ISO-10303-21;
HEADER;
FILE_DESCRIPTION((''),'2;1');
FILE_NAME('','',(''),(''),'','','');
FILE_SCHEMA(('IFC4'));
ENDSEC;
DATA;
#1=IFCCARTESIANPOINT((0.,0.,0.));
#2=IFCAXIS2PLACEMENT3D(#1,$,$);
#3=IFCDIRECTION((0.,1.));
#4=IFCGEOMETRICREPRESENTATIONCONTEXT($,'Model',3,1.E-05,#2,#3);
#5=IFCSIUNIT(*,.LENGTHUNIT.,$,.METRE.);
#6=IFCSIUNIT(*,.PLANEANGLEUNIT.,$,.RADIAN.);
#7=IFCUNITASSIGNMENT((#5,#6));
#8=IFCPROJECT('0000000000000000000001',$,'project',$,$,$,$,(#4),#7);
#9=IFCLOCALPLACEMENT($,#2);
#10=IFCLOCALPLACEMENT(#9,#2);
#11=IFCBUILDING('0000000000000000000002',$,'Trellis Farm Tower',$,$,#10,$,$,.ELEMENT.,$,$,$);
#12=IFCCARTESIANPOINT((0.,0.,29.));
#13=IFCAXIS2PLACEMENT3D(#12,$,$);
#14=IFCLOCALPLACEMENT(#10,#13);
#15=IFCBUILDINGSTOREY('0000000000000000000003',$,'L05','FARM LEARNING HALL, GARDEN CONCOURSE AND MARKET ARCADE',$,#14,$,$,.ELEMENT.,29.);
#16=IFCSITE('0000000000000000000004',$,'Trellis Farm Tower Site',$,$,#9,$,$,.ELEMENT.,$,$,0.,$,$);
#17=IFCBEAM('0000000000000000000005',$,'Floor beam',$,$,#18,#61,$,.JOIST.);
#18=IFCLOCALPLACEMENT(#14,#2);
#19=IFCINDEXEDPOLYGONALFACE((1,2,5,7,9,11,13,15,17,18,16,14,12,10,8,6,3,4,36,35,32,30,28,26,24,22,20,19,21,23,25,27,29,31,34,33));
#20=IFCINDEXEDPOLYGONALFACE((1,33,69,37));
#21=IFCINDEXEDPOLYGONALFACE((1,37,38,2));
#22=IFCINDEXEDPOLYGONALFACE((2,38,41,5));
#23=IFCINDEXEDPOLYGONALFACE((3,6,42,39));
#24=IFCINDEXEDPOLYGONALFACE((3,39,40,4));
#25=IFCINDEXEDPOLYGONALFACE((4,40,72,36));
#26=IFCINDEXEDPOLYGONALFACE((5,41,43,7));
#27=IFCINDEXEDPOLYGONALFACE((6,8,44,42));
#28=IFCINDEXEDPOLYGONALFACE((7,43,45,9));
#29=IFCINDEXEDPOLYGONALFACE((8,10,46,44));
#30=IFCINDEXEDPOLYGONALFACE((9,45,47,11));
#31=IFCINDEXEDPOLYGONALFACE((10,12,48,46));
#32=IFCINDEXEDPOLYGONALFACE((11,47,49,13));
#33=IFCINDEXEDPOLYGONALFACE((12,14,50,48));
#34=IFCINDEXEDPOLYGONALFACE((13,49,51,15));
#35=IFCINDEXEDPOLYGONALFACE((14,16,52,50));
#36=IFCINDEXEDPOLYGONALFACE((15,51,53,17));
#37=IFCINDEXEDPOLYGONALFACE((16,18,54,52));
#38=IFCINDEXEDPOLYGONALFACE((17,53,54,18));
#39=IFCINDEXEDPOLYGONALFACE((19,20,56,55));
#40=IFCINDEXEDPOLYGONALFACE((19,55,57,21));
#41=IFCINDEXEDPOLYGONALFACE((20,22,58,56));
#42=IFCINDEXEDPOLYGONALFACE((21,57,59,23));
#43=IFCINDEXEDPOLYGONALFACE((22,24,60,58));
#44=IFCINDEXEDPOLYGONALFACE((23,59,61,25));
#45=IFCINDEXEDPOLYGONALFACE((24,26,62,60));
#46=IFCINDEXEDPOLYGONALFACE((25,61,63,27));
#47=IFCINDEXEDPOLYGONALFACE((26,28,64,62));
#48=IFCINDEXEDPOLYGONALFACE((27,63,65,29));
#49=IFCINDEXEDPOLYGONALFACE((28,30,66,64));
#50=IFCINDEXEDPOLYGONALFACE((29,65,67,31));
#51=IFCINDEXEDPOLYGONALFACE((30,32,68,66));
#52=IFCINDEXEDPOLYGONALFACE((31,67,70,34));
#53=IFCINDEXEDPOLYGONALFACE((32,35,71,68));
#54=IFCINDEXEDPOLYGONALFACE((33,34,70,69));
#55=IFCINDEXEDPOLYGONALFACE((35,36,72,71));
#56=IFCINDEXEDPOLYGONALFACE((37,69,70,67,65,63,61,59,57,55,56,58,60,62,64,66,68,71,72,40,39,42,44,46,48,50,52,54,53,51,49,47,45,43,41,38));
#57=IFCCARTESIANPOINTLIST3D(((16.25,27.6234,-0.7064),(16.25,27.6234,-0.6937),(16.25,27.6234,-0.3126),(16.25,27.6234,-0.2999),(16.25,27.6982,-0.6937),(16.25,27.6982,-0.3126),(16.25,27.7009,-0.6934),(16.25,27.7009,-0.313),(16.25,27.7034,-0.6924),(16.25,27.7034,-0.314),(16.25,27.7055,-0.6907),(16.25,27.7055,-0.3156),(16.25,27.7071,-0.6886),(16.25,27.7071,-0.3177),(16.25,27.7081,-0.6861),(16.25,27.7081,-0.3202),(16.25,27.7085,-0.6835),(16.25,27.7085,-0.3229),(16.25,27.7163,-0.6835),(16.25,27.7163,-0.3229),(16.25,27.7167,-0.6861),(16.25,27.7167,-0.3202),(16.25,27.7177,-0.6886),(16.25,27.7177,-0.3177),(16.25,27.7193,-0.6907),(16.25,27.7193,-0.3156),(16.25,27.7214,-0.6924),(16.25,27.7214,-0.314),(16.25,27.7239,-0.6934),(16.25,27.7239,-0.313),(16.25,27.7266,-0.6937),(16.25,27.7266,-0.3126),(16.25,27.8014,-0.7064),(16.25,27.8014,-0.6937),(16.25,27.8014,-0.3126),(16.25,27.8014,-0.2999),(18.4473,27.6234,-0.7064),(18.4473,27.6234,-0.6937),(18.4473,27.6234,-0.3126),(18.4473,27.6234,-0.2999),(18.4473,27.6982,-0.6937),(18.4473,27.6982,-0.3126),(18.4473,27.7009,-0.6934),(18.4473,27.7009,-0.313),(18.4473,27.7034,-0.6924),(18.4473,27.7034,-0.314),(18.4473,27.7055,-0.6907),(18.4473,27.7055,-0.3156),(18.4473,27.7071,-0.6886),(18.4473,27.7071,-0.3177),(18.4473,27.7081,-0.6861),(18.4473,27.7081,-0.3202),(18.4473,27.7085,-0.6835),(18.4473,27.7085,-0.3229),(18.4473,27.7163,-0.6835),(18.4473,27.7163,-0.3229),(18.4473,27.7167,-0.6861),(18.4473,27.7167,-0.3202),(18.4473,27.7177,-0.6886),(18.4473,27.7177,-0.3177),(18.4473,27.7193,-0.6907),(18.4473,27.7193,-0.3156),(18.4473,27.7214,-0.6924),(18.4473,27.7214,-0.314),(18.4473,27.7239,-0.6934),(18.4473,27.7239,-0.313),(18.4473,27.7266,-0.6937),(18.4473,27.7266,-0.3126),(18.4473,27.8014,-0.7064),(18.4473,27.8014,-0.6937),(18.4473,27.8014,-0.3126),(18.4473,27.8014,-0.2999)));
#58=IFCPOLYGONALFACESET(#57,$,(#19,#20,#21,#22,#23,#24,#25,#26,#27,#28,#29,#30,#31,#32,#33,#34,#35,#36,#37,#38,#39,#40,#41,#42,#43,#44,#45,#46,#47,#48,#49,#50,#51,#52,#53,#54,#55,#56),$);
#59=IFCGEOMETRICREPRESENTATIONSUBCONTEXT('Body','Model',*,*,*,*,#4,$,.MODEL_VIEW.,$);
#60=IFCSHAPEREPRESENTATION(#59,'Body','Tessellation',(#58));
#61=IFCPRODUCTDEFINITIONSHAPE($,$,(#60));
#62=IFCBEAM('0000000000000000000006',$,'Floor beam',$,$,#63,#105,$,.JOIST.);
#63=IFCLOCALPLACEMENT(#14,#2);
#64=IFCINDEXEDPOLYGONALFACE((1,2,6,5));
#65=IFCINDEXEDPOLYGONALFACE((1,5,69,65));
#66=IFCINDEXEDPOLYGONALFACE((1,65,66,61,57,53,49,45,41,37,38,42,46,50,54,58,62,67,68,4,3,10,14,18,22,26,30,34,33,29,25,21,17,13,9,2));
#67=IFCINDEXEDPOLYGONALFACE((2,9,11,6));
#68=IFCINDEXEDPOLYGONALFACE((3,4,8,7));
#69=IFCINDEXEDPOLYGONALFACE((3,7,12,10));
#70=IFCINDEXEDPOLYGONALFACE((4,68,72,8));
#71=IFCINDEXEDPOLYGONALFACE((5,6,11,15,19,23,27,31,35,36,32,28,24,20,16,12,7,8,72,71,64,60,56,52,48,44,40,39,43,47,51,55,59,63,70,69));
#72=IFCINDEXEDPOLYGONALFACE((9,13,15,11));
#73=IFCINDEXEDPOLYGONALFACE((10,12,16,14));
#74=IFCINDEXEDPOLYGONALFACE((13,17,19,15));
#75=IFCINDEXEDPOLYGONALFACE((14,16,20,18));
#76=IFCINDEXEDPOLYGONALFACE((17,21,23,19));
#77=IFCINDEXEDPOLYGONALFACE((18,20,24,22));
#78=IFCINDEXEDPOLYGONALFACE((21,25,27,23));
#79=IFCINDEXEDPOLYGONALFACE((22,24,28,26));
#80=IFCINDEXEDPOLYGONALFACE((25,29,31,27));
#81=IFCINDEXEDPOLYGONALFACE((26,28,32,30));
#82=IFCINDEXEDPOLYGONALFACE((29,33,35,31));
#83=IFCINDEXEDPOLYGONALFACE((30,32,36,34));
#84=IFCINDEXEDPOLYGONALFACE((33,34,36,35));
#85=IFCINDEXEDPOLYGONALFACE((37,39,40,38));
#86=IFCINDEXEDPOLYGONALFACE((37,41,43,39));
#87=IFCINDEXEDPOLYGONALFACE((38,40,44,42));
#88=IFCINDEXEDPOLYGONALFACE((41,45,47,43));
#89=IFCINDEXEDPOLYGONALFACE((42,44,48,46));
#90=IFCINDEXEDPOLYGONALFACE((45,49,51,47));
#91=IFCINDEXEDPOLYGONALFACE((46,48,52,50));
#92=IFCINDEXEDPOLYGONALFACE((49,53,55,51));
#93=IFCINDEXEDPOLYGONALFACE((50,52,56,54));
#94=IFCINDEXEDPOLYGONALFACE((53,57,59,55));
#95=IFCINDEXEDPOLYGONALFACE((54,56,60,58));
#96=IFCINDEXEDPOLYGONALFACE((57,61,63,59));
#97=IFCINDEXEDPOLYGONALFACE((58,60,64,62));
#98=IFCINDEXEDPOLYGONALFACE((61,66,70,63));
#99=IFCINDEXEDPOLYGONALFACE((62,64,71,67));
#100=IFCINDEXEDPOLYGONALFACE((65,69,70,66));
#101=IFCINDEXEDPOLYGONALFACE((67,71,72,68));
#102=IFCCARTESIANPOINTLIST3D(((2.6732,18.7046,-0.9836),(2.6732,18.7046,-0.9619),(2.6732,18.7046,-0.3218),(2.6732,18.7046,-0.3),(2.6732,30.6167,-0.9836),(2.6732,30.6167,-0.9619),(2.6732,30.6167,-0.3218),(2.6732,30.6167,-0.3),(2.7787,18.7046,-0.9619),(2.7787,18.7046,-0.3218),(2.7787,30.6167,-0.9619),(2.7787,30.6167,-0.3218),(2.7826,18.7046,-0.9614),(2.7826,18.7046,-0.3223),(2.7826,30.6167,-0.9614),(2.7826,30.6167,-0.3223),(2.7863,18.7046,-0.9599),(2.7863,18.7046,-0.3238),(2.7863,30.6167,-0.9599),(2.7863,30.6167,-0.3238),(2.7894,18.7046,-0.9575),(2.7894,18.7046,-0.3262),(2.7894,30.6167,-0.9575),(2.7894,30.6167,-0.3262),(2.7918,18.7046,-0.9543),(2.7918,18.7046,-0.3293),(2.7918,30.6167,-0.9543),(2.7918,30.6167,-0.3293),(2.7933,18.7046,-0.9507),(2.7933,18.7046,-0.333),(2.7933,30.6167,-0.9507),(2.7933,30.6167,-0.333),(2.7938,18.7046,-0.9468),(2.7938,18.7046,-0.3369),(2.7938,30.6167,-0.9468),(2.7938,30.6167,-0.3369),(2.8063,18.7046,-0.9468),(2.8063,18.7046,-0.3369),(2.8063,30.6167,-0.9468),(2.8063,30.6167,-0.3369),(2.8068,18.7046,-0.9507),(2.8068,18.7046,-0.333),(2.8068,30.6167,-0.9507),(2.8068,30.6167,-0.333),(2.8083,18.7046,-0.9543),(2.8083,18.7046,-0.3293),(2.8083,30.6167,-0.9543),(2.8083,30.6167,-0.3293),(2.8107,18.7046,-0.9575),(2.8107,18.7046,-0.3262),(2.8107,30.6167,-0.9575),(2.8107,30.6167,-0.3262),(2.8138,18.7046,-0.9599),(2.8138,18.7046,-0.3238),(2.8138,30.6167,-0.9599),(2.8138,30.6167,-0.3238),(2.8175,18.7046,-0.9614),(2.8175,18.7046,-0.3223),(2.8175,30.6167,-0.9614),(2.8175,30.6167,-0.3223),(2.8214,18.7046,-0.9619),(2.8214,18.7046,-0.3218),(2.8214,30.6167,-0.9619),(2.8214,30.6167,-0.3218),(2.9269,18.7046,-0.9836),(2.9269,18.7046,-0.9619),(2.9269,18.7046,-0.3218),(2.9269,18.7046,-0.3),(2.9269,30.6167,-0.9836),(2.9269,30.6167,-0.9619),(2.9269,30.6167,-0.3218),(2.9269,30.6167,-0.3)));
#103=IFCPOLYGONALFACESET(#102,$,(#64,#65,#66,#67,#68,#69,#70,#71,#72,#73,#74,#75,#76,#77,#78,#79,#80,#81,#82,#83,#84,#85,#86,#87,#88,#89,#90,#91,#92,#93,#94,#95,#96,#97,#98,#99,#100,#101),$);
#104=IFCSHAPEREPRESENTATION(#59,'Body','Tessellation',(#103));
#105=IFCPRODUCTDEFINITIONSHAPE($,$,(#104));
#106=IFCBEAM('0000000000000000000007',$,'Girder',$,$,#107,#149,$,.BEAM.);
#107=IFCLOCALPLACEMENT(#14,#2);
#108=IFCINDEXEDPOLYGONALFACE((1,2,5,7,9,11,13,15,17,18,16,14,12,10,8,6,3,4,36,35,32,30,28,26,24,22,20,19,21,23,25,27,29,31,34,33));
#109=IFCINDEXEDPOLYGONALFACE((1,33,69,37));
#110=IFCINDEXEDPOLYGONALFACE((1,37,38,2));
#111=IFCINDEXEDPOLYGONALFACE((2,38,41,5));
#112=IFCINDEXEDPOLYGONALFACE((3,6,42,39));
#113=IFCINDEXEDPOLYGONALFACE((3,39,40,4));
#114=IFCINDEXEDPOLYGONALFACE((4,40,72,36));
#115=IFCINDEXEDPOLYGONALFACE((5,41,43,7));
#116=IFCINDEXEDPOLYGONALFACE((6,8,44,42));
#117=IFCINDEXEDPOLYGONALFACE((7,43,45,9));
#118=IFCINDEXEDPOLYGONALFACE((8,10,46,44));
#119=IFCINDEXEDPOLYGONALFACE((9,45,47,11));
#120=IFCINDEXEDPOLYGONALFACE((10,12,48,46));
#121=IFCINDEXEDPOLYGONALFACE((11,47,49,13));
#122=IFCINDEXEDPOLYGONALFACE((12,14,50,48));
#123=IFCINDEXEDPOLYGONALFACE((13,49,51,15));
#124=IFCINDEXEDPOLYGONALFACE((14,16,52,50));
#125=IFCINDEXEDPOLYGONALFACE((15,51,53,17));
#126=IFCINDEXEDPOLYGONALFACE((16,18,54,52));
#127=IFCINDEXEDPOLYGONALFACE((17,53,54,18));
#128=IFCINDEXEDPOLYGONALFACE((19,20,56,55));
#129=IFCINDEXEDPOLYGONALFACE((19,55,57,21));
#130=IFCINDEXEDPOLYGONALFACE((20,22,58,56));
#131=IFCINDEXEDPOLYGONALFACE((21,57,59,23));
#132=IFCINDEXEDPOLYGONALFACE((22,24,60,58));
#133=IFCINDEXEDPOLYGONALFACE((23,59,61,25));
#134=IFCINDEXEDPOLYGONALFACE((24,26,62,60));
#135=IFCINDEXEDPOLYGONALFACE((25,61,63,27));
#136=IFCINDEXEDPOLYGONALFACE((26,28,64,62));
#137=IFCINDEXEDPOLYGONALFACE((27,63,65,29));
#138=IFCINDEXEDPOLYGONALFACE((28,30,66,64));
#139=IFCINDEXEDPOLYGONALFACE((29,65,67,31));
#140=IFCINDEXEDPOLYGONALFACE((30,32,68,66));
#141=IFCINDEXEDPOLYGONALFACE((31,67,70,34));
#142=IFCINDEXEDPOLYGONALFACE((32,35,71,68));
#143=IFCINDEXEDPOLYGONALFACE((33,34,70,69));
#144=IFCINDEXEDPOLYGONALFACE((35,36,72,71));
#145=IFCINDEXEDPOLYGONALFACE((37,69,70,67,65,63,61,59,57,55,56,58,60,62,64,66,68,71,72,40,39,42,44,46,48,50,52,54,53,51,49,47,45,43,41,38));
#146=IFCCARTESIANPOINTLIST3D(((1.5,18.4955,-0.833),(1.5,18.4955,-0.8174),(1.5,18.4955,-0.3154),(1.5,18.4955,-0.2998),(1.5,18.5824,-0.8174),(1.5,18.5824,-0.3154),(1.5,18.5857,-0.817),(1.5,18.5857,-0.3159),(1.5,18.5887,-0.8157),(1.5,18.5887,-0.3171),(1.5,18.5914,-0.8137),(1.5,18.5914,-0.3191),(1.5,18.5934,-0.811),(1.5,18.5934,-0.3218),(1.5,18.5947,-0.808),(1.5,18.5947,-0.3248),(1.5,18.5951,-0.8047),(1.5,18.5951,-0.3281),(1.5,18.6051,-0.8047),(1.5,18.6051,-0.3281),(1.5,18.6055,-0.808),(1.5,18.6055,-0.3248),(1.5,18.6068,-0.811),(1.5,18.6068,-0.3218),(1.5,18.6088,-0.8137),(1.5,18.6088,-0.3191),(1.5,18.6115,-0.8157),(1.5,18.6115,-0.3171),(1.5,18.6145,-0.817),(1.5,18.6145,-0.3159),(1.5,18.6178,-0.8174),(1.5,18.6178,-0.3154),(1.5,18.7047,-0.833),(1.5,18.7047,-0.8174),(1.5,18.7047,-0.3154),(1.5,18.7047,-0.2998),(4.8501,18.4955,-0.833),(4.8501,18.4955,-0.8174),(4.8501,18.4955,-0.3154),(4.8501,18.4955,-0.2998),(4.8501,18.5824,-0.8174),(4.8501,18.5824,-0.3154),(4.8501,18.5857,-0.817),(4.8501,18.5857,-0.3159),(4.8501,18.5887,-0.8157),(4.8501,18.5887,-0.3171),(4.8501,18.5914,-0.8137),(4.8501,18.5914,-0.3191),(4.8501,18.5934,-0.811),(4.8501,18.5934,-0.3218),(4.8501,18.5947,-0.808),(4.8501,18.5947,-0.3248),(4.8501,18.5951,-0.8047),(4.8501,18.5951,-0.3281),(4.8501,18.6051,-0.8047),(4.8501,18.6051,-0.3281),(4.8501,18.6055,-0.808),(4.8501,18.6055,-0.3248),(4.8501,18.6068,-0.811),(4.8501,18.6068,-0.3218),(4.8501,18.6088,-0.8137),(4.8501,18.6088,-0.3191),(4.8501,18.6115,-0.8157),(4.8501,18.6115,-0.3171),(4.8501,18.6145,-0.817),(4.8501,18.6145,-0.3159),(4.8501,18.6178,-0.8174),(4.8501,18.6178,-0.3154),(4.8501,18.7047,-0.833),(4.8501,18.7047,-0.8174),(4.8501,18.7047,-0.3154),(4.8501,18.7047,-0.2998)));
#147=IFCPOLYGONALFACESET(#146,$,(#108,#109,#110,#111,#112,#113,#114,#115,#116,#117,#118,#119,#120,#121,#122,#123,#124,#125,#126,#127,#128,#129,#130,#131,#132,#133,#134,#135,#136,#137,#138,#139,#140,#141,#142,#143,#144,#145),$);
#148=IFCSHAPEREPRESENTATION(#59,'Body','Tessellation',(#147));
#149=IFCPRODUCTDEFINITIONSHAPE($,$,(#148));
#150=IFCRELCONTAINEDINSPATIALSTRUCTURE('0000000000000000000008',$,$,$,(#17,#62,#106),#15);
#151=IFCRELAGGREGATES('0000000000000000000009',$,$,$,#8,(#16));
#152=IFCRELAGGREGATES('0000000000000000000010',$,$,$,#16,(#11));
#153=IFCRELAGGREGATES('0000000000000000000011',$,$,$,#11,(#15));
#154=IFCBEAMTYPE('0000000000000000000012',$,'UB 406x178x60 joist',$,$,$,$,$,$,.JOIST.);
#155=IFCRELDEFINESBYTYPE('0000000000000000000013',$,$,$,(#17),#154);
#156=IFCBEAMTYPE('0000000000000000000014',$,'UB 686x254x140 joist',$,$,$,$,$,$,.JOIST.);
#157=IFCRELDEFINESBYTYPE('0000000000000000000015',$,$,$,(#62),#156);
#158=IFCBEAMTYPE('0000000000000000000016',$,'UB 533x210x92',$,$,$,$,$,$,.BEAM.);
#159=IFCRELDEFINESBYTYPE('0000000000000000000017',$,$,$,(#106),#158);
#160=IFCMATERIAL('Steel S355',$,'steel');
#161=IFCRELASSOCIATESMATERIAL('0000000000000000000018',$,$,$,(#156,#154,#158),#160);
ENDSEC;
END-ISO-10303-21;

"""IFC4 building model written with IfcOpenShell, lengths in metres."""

from ifc_helpers import new_model, si_unit, direction, frame, origin, origin_2d, place, context, subcontext, project, spatial, i_section, extrude, source, transform, mapped, material, material_profile, profile_set, type_object, element, save


model = new_model("IFC4")

# Units and contexts
model_context = context("Model", 3, precision=1e-05, world=origin(), true_north=direction((0.0, 1.0)))
body_context = subcontext(model_context, "Body", "Model", "MODEL_VIEW")
ifc_project = project(units=[si_unit("LENGTHUNIT", "METRE"), si_unit("PLANEANGLEUNIT", "RADIAN")], contexts=[model_context])

# Site, building, storey
site_placement = place(None, origin())
site = spatial("IfcSite", under=ifc_project, at=site_placement, Name="Trellis Farm Tower Site", CompositionType="ELEMENT", RefElevation=0.0)
building_placement = place(site_placement, origin())
building = spatial("IfcBuilding", under=site, at=building_placement, Name="Trellis Farm Tower", CompositionType="ELEMENT")
storey_placement = place(building_placement, frame((0.0, 0.0, 29.0)))
storey = spatial("IfcBuildingStorey", under=building, at=storey_placement, Name="L05", Description="FARM LEARNING HALL, GARDEN CONCOURSE AND MARKET ARCADE", CompositionType="ELEMENT", Elevation=29.0)

# Beams
ifc_material_1 = material(Name="Steel S355", Category="steel")
ifc_material_profile_1 = material_profile(ifc_material_1, i_section(OverallWidth=0.2537, OverallDepth=0.6836, WebThickness=0.0125, FlangeThickness=0.0217, FilletRadius=0.0151, at=origin_2d()), Name="UB 686x254x140")
ifc_profile_set_1 = profile_set([ifc_material_profile_1], Name="Steel S355")
beam_type_1 = type_object("IfcBeamType", Name="UB 686x254x140 joist", PredefinedType="JOIST", material=ifc_profile_set_1)
ifc_material_profile_2 = material_profile(ifc_material_1, i_section(OverallWidth=0.178, OverallDepth=0.4065, WebThickness=0.0078, FlangeThickness=0.0127, FilletRadius=0.0103, at=origin_2d()), Name="UB 406x178x60")
ifc_profile_set_2 = profile_set([ifc_material_profile_2], Name="Steel S355")
beam_type_2 = type_object("IfcBeamType", Name="UB 406x178x60 joist", PredefinedType="JOIST", material=ifc_profile_set_2)
shared_shape_1 = source(origin(), body_context, "Body", "SweptSolid", [
    extrude(i_section(OverallWidth=0.178, OverallDepth=0.4065, WebThickness=0.0078, FlangeThickness=0.0127, FilletRadius=0.0103, at=origin_2d()), origin(), (0.0, 0.0, 1.0), 2.1973),
])
for number, where, z_axis, x_axis, name in (
    (1, (16.25, 27.7124, -0.5032), (1.0, 0.0, 0.0), (0.0, 1.0, 0.0), "Floor beam"),
):
    element("IfcBeam", number, at=place(storey_placement, frame(where, z_axis=z_axis, x_axis=x_axis)), inside=storey, type_object=beam_type_2, Name=name, PredefinedType="JOIST", context=body_context, shape_type="MappedRepresentation", body=[
        mapped(shared_shape_1, transform((0.0, 0.0, 0.0))),
    ])
shared_shape_2 = source(origin(), body_context, "Body", "SweptSolid", [
    extrude(i_section(OverallWidth=0.2537, OverallDepth=0.6836, WebThickness=0.0125, FlangeThickness=0.0217, FilletRadius=0.0151, at=origin_2d()), origin(), (0.0, 0.0, 1.0), 11.9121),
])
beam_1_placement = place(storey_placement, frame((2.8, 18.7046, -0.6418), z_axis=(0.0, 1.0, 0.0), x_axis=(-1.0, 0.0, 0.0)))
element("IfcBeam", 2, at=beam_1_placement, inside=storey, type_object=beam_type_1, Name="Floor beam", PredefinedType="JOIST", context=body_context, shape_type="MappedRepresentation", body=[
    mapped(shared_shape_2, transform((0.0, 0.0, 0.0))),
])
ifc_material_profile_3 = material_profile(ifc_material_1, i_section(OverallWidth=0.2092, OverallDepth=0.5332, WebThickness=0.01, FlangeThickness=0.0156, FilletRadius=0.0127, at=origin_2d()), Name="UB 533x210x92")
ifc_profile_set_3 = profile_set([ifc_material_profile_3], Name="Steel S355")
beam_type_3 = type_object("IfcBeamType", Name="UB 533x210x92", PredefinedType="BEAM", material=ifc_profile_set_3)
shared_shape_3 = source(origin(), body_context, "Body", "SweptSolid", [
    extrude(i_section(OverallWidth=0.2092, OverallDepth=0.5332, WebThickness=0.01, FlangeThickness=0.0156, FilletRadius=0.0127, at=origin_2d()), origin(), (0.0, 0.0, 1.0), 3.3501),
])
beam_2_placement = place(storey_placement, frame((1.5, 18.6001, -0.5664), z_axis=(1.0, 0.0, 0.0), x_axis=(0.0, 1.0, 0.0)))
element("IfcBeam", 3, at=beam_2_placement, inside=storey, type_object=beam_type_3, Name="Girder", PredefinedType="BEAM", context=body_context, shape_type="MappedRepresentation", body=[
    mapped(shared_shape_3, transform((0.0, 0.0, 0.0))),
])

save(model, "model.ifc")
